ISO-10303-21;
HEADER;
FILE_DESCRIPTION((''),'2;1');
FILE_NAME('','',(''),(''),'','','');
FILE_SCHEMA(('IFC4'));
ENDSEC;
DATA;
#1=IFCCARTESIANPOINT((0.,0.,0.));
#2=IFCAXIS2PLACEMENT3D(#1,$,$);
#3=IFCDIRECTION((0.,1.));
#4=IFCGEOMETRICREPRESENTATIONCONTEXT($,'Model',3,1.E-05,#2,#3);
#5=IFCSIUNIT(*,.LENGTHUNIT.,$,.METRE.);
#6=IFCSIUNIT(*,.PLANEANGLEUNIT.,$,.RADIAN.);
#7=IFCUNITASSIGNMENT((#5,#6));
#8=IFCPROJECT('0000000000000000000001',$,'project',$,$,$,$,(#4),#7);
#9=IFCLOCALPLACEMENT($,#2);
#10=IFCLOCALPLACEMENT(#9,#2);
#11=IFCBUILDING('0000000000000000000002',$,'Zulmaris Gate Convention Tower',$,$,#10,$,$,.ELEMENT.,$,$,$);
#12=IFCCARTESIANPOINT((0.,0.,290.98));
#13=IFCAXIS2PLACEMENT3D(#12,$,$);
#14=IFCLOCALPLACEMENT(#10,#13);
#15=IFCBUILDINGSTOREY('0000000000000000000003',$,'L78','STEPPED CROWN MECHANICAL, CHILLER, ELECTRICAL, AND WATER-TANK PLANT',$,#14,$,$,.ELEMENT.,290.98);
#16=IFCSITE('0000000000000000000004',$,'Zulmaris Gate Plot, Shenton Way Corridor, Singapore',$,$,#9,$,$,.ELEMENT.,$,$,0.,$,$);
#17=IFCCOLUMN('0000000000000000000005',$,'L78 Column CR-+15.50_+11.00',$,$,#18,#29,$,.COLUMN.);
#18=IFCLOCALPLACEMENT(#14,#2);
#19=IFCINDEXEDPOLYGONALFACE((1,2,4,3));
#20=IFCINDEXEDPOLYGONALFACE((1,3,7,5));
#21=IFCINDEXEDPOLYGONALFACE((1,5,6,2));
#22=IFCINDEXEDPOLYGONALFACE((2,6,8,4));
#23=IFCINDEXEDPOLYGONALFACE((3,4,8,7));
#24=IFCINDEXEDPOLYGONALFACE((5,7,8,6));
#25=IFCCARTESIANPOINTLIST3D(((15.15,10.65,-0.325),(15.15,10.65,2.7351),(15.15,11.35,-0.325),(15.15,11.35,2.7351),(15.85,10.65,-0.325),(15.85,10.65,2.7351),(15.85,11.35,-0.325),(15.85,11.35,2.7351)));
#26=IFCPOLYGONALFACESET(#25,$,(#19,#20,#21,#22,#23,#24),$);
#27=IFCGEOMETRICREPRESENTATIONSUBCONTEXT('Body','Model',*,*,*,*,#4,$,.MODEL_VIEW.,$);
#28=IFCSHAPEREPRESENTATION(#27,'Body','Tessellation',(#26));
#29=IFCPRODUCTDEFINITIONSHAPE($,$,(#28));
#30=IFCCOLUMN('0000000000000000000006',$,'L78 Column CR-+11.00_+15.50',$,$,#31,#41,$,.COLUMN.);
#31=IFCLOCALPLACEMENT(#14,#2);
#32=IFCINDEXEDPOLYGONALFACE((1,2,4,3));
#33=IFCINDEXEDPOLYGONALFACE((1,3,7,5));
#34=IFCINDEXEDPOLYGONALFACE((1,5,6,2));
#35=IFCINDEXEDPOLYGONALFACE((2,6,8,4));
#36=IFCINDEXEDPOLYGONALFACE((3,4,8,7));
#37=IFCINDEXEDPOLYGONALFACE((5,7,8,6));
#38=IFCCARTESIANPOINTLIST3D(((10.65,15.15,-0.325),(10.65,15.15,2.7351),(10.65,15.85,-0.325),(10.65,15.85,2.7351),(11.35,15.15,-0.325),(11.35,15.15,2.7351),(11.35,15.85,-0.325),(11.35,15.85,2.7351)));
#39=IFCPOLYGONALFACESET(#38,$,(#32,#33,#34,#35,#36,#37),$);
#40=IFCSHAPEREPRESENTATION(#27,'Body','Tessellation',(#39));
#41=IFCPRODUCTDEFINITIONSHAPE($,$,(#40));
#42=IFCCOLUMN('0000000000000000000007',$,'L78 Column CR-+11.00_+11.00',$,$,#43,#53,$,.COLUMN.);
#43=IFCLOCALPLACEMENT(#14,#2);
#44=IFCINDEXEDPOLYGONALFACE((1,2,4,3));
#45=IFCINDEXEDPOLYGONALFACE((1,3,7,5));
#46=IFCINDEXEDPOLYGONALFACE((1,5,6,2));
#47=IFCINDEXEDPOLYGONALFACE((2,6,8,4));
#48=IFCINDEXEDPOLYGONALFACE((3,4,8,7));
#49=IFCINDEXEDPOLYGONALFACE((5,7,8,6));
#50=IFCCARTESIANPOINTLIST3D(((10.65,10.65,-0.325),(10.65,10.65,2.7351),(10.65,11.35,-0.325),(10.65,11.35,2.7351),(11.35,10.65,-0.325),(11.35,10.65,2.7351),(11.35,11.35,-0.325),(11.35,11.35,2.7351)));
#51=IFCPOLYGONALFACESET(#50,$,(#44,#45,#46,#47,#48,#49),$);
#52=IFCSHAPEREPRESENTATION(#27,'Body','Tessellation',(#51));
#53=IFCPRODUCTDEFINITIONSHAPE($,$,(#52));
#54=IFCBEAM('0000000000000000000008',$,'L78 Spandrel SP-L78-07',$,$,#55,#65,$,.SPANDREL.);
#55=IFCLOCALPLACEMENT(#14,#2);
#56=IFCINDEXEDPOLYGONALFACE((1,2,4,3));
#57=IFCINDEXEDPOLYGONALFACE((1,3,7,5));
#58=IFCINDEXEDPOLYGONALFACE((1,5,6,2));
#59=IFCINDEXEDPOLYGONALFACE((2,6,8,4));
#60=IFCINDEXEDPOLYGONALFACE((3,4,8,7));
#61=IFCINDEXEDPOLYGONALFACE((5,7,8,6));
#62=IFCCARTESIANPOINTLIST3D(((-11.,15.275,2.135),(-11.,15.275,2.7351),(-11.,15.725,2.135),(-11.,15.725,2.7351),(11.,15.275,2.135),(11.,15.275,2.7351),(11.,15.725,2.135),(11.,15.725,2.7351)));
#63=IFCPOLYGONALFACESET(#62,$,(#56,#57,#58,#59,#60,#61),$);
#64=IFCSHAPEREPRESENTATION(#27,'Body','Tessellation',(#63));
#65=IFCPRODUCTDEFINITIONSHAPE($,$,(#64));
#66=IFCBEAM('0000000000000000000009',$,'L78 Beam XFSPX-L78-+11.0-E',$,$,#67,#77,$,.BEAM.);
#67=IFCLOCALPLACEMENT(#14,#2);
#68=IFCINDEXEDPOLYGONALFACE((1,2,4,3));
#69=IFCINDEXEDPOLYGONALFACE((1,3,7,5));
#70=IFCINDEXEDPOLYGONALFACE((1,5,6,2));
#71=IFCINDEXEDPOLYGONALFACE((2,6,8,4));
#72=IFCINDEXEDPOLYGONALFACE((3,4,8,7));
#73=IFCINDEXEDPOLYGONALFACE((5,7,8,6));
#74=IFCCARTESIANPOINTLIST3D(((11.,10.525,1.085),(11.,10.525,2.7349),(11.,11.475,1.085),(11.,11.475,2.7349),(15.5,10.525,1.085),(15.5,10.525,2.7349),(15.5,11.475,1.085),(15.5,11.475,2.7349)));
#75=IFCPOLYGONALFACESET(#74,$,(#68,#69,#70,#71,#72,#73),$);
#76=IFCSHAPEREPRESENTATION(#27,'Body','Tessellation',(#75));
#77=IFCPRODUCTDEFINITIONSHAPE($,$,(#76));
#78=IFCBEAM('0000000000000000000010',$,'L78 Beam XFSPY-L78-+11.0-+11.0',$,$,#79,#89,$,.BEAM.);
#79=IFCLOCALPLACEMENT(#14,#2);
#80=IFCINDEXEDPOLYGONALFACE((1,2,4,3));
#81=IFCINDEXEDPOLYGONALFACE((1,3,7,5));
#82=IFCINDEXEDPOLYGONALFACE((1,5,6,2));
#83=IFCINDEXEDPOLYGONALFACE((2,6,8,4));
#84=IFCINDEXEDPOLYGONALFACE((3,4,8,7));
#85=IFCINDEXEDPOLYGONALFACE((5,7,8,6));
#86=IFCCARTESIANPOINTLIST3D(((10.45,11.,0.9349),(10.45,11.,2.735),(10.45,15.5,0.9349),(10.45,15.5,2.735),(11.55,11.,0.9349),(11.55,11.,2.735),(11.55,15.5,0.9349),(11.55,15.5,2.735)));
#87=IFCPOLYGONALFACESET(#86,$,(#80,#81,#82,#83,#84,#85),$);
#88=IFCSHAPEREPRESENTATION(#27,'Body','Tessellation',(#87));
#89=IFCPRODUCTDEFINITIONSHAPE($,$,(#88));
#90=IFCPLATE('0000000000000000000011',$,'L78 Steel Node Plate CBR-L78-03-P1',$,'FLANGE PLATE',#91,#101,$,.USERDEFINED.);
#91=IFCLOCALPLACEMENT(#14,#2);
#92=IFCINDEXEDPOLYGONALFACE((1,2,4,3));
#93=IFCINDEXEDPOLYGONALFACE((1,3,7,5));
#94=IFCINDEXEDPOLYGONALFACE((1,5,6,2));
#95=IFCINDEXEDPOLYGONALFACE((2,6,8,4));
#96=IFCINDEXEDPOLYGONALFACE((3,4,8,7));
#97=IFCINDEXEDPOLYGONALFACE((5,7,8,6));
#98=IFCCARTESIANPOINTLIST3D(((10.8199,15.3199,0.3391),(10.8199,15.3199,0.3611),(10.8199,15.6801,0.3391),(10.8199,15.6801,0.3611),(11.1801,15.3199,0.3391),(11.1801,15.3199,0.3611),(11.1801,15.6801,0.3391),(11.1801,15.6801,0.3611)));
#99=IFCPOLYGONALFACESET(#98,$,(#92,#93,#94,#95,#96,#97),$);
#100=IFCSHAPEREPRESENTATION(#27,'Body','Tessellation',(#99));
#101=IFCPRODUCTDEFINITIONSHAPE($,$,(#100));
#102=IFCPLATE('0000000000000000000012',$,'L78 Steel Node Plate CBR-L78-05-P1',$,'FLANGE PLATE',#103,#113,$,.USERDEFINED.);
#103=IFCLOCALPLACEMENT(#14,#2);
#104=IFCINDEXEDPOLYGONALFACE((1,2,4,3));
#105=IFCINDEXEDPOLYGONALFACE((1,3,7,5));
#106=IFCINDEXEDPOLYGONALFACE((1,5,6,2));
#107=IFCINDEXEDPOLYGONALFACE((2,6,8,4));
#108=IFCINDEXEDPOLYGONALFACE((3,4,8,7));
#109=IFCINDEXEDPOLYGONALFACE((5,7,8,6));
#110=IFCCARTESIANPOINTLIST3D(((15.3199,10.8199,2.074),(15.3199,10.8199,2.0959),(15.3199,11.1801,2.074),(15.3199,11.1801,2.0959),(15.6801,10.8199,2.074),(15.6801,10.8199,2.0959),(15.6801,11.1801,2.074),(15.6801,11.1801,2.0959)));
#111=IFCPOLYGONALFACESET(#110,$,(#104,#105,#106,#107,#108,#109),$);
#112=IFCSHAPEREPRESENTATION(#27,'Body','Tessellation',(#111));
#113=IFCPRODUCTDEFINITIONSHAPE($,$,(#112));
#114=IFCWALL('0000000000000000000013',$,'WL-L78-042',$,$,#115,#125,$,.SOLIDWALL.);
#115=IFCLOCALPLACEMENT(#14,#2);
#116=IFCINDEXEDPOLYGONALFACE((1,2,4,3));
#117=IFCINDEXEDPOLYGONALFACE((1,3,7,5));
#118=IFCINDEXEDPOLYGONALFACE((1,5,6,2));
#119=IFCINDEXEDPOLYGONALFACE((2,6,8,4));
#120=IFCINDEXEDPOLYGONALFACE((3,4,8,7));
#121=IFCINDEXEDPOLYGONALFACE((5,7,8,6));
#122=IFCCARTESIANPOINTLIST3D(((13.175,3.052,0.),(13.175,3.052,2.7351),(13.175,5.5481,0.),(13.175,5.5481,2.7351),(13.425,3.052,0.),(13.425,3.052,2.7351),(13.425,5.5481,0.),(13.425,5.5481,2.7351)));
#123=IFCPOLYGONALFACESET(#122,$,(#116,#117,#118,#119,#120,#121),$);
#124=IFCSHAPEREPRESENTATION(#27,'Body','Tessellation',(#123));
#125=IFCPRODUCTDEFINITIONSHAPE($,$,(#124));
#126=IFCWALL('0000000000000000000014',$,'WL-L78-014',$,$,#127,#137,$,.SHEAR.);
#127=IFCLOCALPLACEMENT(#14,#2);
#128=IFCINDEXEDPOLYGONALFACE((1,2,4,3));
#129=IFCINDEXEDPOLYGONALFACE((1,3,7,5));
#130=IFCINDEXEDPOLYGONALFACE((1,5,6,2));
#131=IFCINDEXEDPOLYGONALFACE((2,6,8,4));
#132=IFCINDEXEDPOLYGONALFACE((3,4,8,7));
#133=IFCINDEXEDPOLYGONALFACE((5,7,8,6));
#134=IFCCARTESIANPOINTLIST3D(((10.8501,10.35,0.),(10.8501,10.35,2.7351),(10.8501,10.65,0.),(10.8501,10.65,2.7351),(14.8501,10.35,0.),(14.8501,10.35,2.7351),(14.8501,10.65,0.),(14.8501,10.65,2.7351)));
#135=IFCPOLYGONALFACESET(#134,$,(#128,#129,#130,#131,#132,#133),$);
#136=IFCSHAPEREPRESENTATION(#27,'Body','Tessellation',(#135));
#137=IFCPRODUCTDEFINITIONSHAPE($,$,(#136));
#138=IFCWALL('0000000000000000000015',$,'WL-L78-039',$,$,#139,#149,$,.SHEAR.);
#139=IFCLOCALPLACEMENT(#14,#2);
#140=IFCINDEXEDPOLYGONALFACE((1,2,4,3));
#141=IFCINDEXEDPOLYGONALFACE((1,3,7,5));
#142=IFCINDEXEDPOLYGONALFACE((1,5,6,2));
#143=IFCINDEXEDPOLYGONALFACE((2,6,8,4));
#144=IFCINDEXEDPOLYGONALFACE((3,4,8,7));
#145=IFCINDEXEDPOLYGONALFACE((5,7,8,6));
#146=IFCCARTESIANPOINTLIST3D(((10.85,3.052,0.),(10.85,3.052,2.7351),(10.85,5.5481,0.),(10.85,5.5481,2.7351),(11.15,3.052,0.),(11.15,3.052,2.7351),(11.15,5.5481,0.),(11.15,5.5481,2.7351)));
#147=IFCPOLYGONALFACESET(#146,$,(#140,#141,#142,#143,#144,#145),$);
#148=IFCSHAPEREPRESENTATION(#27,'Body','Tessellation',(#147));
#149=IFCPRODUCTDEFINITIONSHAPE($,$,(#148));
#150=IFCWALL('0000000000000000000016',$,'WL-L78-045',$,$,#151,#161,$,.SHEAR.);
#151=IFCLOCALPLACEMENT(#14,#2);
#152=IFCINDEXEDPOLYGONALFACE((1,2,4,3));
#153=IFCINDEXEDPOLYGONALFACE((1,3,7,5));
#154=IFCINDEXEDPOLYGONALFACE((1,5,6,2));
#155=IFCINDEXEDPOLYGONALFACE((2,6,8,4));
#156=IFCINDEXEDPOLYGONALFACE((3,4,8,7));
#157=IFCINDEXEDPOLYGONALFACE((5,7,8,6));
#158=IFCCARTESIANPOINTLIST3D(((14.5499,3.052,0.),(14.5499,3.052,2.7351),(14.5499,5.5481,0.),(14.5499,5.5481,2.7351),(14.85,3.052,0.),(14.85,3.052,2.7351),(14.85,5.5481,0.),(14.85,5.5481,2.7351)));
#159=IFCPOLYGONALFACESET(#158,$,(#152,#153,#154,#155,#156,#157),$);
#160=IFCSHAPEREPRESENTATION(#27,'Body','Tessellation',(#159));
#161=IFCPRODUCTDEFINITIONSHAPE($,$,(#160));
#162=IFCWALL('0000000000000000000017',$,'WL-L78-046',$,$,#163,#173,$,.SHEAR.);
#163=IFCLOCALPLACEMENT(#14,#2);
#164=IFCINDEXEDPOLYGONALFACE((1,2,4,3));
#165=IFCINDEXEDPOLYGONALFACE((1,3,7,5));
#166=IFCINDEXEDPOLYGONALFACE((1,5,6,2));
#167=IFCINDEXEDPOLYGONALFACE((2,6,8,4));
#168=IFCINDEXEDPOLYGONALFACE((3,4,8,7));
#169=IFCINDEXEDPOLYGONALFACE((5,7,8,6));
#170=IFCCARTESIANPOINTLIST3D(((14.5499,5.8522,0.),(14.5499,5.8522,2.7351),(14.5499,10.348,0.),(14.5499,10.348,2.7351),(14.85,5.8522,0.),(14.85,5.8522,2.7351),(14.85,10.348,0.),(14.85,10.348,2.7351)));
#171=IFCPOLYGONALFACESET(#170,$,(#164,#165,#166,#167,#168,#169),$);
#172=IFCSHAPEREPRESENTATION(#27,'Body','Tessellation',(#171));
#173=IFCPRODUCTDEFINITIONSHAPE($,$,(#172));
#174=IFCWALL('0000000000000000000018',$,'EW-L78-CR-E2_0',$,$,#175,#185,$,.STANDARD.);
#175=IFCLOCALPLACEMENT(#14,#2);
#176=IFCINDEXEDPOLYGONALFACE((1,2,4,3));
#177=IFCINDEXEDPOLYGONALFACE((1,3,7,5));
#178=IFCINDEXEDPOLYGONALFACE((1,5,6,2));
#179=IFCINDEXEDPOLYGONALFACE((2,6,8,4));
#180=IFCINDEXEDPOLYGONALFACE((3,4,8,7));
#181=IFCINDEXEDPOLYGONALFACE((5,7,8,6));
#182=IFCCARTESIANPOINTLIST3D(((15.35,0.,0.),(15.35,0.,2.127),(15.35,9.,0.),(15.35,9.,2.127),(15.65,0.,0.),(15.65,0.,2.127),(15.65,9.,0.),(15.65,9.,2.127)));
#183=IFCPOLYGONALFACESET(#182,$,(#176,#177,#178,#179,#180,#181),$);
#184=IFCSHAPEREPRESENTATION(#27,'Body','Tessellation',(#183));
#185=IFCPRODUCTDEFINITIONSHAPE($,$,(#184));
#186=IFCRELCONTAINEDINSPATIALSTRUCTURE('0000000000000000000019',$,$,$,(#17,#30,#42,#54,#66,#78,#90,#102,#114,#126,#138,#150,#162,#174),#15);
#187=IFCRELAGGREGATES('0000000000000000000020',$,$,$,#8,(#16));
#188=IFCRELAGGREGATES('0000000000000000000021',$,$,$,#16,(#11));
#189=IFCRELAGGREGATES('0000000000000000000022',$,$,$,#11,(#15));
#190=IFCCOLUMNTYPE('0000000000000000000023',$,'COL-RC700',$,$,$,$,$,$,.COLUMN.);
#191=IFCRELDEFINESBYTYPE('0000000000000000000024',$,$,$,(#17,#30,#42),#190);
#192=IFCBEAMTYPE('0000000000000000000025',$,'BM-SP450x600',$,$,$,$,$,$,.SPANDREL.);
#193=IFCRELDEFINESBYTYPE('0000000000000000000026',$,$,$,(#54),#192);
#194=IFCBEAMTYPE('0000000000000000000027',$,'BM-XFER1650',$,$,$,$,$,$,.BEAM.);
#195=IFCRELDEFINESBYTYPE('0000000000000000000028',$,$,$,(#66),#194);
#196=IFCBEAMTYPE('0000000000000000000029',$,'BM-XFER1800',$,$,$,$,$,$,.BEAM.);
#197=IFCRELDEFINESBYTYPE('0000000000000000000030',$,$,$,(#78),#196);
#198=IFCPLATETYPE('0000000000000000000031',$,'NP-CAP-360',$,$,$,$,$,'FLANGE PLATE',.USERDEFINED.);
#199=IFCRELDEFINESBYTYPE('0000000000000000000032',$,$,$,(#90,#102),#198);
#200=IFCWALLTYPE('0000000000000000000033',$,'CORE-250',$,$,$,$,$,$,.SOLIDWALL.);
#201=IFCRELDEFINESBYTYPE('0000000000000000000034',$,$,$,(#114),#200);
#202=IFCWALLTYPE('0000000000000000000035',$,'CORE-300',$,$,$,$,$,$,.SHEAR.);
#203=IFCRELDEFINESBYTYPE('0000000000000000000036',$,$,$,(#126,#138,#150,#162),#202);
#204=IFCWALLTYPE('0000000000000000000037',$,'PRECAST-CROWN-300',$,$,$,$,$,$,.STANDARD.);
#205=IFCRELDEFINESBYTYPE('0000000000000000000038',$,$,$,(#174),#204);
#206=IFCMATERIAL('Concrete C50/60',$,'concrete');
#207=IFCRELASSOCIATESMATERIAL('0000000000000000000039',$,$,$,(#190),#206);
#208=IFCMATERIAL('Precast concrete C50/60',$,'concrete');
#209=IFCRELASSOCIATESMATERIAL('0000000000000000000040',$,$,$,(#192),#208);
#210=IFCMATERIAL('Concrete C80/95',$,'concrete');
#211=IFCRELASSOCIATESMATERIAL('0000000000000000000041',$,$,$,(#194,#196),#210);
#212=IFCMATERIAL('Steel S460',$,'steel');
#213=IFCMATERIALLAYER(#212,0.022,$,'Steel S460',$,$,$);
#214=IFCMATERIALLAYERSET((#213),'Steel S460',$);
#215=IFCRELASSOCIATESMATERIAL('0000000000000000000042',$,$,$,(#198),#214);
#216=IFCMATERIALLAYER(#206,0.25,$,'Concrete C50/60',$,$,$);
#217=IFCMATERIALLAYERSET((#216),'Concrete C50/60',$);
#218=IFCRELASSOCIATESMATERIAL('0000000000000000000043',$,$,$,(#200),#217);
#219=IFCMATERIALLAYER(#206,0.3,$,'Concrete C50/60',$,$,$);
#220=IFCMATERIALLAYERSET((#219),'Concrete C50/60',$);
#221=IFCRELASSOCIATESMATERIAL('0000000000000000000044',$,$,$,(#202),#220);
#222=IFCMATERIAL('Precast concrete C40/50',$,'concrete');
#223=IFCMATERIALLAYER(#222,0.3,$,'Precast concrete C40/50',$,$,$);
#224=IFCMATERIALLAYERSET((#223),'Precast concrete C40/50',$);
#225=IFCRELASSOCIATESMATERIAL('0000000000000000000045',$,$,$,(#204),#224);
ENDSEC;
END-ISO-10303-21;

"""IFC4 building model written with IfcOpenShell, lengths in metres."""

from ifc_helpers import new_model, si_unit, direction, frame, frame_2d, origin, origin_2d, place, context, subcontext, project, spatial, rectangle, extrude, material, layer, layer_set, material_profile, profile_set, type_object, element, save


model = new_model("IFC4")

# Units and contexts
model_context = context("Model", 3, precision=1e-05, world=origin(), true_north=direction((0.0, 1.0)))
body_context = subcontext(model_context, "Body", "Model", "MODEL_VIEW")
ifc_project = project(units=[si_unit("LENGTHUNIT", "METRE"), si_unit("PLANEANGLEUNIT", "RADIAN")], contexts=[model_context])

# Site, building, storey
site_placement = place(None, origin())
site = spatial("IfcSite", under=ifc_project, at=site_placement, Name="Zulmaris Gate Plot, Shenton Way Corridor, Singapore", CompositionType="ELEMENT", RefElevation=0.0)
building_placement = place(site_placement, origin())
building = spatial("IfcBuilding", under=site, at=building_placement, Name="Zulmaris Gate Convention Tower", CompositionType="ELEMENT")
storey_placement = place(building_placement, frame((0.0, 0.0, 290.98)))
storey = spatial("IfcBuildingStorey", under=building, at=storey_placement, Name="L78", Description="STEPPED CROWN MECHANICAL, CHILLER, ELECTRICAL, AND WATER-TANK PLANT", CompositionType="ELEMENT", Elevation=290.98)

# Columns
ifc_material_1 = material(Name="Concrete C50/60", Category="concrete")
ifc_material_profile_1 = material_profile(ifc_material_1, rectangle(XDim=0.7, YDim=0.7, at=origin_2d()), Name="RC COL 700x700")
ifc_profile_set_1 = profile_set([ifc_material_profile_1], Name="Concrete C50/60")
column_type = type_object("IfcColumnType", Name="COL-RC700", PredefinedType="COLUMN", material=ifc_profile_set_1)
for number, where, z_axis, x_axis, name in (
    (1, (15.5, 11.0, -0.325), (0.0, 0.0, 1.0), (1.0, 0.0, 0.0), "L78 Column CR-+15.50_+11.00"),
    (2, (11.0, 15.5, -0.325), (0.0, 0.0, 1.0), (1.0, 0.0, 0.0), "L78 Column CR-+11.00_+15.50"),
    (3, (11.0, 11.0, -0.325), (0.0, 0.0, 1.0), (1.0, 0.0, 0.0), "L78 Column CR-+11.00_+11.00"),
):
    element("IfcColumn", number, at=place(storey_placement, frame(where, z_axis=z_axis, x_axis=x_axis)), inside=storey, type_object=column_type, Name=name, PredefinedType="COLUMN", context=body_context, shape_type="SweptSolid", body=[
        extrude(rectangle(XDim=0.7, YDim=0.7, at=origin_2d()), origin(), (0.0, 0.0, 1.0), 3.0601),
    ])

# Beams
ifc_material_2 = material(Name="Precast concrete C50/60", Category="concrete")
ifc_material_profile_2 = material_profile(ifc_material_2, rectangle(XDim=0.45, YDim=0.6001, at=origin_2d()), Name="RC SPANDREL 450x600")
ifc_profile_set_2 = profile_set([ifc_material_profile_2], Name="Precast concrete C50/60")
beam_type_1 = type_object("IfcBeamType", Name="BM-SP450x600", PredefinedType="SPANDREL", material=ifc_profile_set_2)
beam_1_placement = place(storey_placement, frame((11.0, 15.5, 2.4351), z_axis=(-1.0, 0.0, 0.0), x_axis=(0.0, -1.0, 0.0)))
element("IfcBeam", 4, at=beam_1_placement, inside=storey, type_object=beam_type_1, Name="L78 Spandrel SP-L78-07", PredefinedType="SPANDREL", context=body_context, shape_type="SweptSolid", body=[
    extrude(rectangle(XDim=0.45, YDim=0.6001, at=origin_2d()), origin(), (0.0, 0.0, 1.0), 22.0),
])
ifc_material_3 = material(Name="Concrete C80/95", Category="concrete")
ifc_material_profile_3 = material_profile(ifc_material_3, rectangle(XDim=0.95, YDim=1.6499, at=origin_2d()), Name="RC TRANSFER 950x1650")
ifc_profile_set_3 = profile_set([ifc_material_profile_3], Name="Concrete C80/95")
beam_type_2 = type_object("IfcBeamType", Name="BM-XFER1650", PredefinedType="BEAM", material=ifc_profile_set_3)
beam_2_placement = place(storey_placement, frame((11.0, 11.0, 1.9099), z_axis=(1.0, 0.0, 0.0), x_axis=(0.0, 1.0, 0.0)))
element("IfcBeam", 5, at=beam_2_placement, inside=storey, type_object=beam_type_2, Name="L78 Beam XFSPX-L78-+11.0-E", PredefinedType="BEAM", context=body_context, shape_type="SweptSolid", body=[
    extrude(rectangle(XDim=0.95, YDim=1.6499, at=origin_2d()), origin(), (0.0, 0.0, 1.0), 4.5),
])
ifc_material_profile_4 = material_profile(ifc_material_3, rectangle(XDim=1.1001, YDim=1.8, at=origin_2d()), Name="RC TRANSFER 1100x1800")
ifc_profile_set_4 = profile_set([ifc_material_profile_4], Name="Concrete C80/95")
beam_type_3 = type_object("IfcBeamType", Name="BM-XFER1800", PredefinedType="BEAM", material=ifc_profile_set_4)
beam_3_placement = place(storey_placement, frame((11.0, 11.0, 1.835), z_axis=(0.0, 1.0, 0.0), x_axis=(-1.0, 0.0, 0.0)))
element("IfcBeam", 6, at=beam_3_placement, inside=storey, type_object=beam_type_3, Name="L78 Beam XFSPY-L78-+11.0-+11.0", PredefinedType="BEAM", context=body_context, shape_type="SweptSolid", body=[
    extrude(rectangle(XDim=1.1001, YDim=1.8, at=origin_2d()), origin(), (0.0, 0.0, 1.0), 4.5),
])

# Plates
ifc_material_4 = material(Name="Steel S460", Category="steel")
ifc_layer_1 = layer(ifc_material_4, 0.022, Name="Steel S460")
ifc_layer_set_1 = layer_set([ifc_layer_1], Name="Steel S460")
plate_type = type_object("IfcPlateType", Name="NP-CAP-360", ElementType="FLANGE PLATE", PredefinedType="USERDEFINED", material=ifc_layer_set_1)
for number, where, z_axis, x_axis, name in (
    (7, (11.0, 15.5, 0.3391), (0.0, 0.0, 1.0), (1.0, 0.0, 0.0), "L78 Steel Node Plate CBR-L78-03-P1"),
    (8, (15.5, 11.0, 2.074), (0.0, 0.0, 1.0), (1.0, 0.0, 0.0), "L78 Steel Node Plate CBR-L78-05-P1"),
):
    element("IfcPlate", number, at=place(storey_placement, frame(where, z_axis=z_axis, x_axis=x_axis)), inside=storey, type_object=plate_type, Name=name, ObjectType="FLANGE PLATE", PredefinedType="USERDEFINED", context=body_context, shape_type="SweptSolid", body=[
        extrude(rectangle(XDim=0.3601, YDim=0.3601, at=origin_2d()), origin(), (0.0, 0.0, 1.0), 0.022),
    ])

# Walls
ifc_layer_2 = layer(ifc_material_1, 0.25, Name="Concrete C50/60")
ifc_layer_set_2 = layer_set([ifc_layer_2], Name="Concrete C50/60")
wall_type_1 = type_object("IfcWallType", Name="CORE-250", PredefinedType="SOLIDWALL", material=ifc_layer_set_2)
wall_1_placement = place(storey_placement, frame((13.3, 3.052, 0.0), z_axis=(0.0, 0.0, 1.0), x_axis=(0.0, 1.0, 0.0)))
element("IfcWall", 9, at=wall_1_placement, inside=storey, type_object=wall_type_1, Name="WL-L78-042", PredefinedType="SOLIDWALL", context=body_context, shape_type="SweptSolid", body=[
    extrude(rectangle(XDim=2.4961, YDim=0.25, at=frame_2d((1.248, 0.0))), origin(), (0.0, 0.0, 1.0), 2.7351),
])
ifc_layer_3 = layer(ifc_material_1, 0.3, Name="Concrete C50/60")
ifc_layer_set_3 = layer_set([ifc_layer_3], Name="Concrete C50/60")
wall_type_2 = type_object("IfcWallType", Name="CORE-300", PredefinedType="SHEAR", material=ifc_layer_set_3)
wall_2_placement = place(storey_placement, frame((10.8501, 10.5, 0.0), z_axis=(0.0, 0.0, 1.0), x_axis=(1.0, 0.0, 0.0)))
element("IfcWall", 10, at=wall_2_placement, inside=storey, type_object=wall_type_2, Name="WL-L78-014", PredefinedType="SHEAR", context=body_context, shape_type="SweptSolid", body=[
    extrude(rectangle(XDim=4.0, YDim=0.3, at=frame_2d((2.0, 0.0))), origin(), (0.0, 0.0, 1.0), 2.7351),
])

# Wall
wall_3_placement = place(storey_placement, frame((11.0, 3.052, 0.0), z_axis=(0.0, 0.0, 1.0), x_axis=(0.0, 1.0, 0.0)))
element("IfcWall", 11, at=wall_3_placement, inside=storey, type_object=wall_type_2, Name="WL-L78-039", PredefinedType="SHEAR", context=body_context, shape_type="SweptSolid", body=[
    extrude(rectangle(XDim=2.4961, YDim=0.3, at=frame_2d((1.248, 0.0))), origin(), (0.0, 0.0, 1.0), 2.7351),
])

# Walls
wall_4_placement = place(storey_placement, frame((14.7, 3.052, 0.0), z_axis=(0.0, 0.0, 1.0), x_axis=(0.0, 1.0, 0.0)))
element("IfcWall", 12, at=wall_4_placement, inside=storey, type_object=wall_type_2, Name="WL-L78-045", PredefinedType="SHEAR", context=body_context, shape_type="SweptSolid", body=[
    extrude(rectangle(XDim=2.4961, YDim=0.3, at=frame_2d((1.248, 0.0))), origin(), (0.0, 0.0, 1.0), 2.7351),
])
wall_5_placement = place(storey_placement, frame((14.7, 5.8521, 0.0), z_axis=(0.0, 0.0, 1.0), x_axis=(0.0, 1.0, 0.0)))
element("IfcWall", 13, at=wall_5_placement, inside=storey, type_object=wall_type_2, Name="WL-L78-046", PredefinedType="SHEAR", context=body_context, shape_type="SweptSolid", body=[
    extrude(rectangle(XDim=4.4958, YDim=0.3, at=frame_2d((2.248, 0.0))), origin(), (0.0, 0.0, 1.0), 2.7351),
])
ifc_material_5 = material(Name="Precast concrete C40/50", Category="concrete")
ifc_layer_4 = layer(ifc_material_5, 0.3, Name="Precast concrete C40/50")
ifc_layer_set_4 = layer_set([ifc_layer_4], Name="Precast concrete C40/50")
wall_type_3 = type_object("IfcWallType", Name="PRECAST-CROWN-300", PredefinedType="STANDARD", material=ifc_layer_set_4)
wall_6_placement = place(storey_placement, frame((15.5, 0.0, 0.0), z_axis=(0.0, 0.0, 1.0), x_axis=(0.0, 1.0, 0.0)))
element("IfcWall", 14, at=wall_6_placement, inside=storey, type_object=wall_type_3, Name="EW-L78-CR-E2_0", PredefinedType="STANDARD", context=body_context, shape_type="SweptSolid", body=[
    extrude(rectangle(XDim=9.0, YDim=0.3, at=frame_2d((4.5, 0.0))), origin(), (0.0, 0.0, 1.0), 2.127),
])

save(model, "model.ifc")
